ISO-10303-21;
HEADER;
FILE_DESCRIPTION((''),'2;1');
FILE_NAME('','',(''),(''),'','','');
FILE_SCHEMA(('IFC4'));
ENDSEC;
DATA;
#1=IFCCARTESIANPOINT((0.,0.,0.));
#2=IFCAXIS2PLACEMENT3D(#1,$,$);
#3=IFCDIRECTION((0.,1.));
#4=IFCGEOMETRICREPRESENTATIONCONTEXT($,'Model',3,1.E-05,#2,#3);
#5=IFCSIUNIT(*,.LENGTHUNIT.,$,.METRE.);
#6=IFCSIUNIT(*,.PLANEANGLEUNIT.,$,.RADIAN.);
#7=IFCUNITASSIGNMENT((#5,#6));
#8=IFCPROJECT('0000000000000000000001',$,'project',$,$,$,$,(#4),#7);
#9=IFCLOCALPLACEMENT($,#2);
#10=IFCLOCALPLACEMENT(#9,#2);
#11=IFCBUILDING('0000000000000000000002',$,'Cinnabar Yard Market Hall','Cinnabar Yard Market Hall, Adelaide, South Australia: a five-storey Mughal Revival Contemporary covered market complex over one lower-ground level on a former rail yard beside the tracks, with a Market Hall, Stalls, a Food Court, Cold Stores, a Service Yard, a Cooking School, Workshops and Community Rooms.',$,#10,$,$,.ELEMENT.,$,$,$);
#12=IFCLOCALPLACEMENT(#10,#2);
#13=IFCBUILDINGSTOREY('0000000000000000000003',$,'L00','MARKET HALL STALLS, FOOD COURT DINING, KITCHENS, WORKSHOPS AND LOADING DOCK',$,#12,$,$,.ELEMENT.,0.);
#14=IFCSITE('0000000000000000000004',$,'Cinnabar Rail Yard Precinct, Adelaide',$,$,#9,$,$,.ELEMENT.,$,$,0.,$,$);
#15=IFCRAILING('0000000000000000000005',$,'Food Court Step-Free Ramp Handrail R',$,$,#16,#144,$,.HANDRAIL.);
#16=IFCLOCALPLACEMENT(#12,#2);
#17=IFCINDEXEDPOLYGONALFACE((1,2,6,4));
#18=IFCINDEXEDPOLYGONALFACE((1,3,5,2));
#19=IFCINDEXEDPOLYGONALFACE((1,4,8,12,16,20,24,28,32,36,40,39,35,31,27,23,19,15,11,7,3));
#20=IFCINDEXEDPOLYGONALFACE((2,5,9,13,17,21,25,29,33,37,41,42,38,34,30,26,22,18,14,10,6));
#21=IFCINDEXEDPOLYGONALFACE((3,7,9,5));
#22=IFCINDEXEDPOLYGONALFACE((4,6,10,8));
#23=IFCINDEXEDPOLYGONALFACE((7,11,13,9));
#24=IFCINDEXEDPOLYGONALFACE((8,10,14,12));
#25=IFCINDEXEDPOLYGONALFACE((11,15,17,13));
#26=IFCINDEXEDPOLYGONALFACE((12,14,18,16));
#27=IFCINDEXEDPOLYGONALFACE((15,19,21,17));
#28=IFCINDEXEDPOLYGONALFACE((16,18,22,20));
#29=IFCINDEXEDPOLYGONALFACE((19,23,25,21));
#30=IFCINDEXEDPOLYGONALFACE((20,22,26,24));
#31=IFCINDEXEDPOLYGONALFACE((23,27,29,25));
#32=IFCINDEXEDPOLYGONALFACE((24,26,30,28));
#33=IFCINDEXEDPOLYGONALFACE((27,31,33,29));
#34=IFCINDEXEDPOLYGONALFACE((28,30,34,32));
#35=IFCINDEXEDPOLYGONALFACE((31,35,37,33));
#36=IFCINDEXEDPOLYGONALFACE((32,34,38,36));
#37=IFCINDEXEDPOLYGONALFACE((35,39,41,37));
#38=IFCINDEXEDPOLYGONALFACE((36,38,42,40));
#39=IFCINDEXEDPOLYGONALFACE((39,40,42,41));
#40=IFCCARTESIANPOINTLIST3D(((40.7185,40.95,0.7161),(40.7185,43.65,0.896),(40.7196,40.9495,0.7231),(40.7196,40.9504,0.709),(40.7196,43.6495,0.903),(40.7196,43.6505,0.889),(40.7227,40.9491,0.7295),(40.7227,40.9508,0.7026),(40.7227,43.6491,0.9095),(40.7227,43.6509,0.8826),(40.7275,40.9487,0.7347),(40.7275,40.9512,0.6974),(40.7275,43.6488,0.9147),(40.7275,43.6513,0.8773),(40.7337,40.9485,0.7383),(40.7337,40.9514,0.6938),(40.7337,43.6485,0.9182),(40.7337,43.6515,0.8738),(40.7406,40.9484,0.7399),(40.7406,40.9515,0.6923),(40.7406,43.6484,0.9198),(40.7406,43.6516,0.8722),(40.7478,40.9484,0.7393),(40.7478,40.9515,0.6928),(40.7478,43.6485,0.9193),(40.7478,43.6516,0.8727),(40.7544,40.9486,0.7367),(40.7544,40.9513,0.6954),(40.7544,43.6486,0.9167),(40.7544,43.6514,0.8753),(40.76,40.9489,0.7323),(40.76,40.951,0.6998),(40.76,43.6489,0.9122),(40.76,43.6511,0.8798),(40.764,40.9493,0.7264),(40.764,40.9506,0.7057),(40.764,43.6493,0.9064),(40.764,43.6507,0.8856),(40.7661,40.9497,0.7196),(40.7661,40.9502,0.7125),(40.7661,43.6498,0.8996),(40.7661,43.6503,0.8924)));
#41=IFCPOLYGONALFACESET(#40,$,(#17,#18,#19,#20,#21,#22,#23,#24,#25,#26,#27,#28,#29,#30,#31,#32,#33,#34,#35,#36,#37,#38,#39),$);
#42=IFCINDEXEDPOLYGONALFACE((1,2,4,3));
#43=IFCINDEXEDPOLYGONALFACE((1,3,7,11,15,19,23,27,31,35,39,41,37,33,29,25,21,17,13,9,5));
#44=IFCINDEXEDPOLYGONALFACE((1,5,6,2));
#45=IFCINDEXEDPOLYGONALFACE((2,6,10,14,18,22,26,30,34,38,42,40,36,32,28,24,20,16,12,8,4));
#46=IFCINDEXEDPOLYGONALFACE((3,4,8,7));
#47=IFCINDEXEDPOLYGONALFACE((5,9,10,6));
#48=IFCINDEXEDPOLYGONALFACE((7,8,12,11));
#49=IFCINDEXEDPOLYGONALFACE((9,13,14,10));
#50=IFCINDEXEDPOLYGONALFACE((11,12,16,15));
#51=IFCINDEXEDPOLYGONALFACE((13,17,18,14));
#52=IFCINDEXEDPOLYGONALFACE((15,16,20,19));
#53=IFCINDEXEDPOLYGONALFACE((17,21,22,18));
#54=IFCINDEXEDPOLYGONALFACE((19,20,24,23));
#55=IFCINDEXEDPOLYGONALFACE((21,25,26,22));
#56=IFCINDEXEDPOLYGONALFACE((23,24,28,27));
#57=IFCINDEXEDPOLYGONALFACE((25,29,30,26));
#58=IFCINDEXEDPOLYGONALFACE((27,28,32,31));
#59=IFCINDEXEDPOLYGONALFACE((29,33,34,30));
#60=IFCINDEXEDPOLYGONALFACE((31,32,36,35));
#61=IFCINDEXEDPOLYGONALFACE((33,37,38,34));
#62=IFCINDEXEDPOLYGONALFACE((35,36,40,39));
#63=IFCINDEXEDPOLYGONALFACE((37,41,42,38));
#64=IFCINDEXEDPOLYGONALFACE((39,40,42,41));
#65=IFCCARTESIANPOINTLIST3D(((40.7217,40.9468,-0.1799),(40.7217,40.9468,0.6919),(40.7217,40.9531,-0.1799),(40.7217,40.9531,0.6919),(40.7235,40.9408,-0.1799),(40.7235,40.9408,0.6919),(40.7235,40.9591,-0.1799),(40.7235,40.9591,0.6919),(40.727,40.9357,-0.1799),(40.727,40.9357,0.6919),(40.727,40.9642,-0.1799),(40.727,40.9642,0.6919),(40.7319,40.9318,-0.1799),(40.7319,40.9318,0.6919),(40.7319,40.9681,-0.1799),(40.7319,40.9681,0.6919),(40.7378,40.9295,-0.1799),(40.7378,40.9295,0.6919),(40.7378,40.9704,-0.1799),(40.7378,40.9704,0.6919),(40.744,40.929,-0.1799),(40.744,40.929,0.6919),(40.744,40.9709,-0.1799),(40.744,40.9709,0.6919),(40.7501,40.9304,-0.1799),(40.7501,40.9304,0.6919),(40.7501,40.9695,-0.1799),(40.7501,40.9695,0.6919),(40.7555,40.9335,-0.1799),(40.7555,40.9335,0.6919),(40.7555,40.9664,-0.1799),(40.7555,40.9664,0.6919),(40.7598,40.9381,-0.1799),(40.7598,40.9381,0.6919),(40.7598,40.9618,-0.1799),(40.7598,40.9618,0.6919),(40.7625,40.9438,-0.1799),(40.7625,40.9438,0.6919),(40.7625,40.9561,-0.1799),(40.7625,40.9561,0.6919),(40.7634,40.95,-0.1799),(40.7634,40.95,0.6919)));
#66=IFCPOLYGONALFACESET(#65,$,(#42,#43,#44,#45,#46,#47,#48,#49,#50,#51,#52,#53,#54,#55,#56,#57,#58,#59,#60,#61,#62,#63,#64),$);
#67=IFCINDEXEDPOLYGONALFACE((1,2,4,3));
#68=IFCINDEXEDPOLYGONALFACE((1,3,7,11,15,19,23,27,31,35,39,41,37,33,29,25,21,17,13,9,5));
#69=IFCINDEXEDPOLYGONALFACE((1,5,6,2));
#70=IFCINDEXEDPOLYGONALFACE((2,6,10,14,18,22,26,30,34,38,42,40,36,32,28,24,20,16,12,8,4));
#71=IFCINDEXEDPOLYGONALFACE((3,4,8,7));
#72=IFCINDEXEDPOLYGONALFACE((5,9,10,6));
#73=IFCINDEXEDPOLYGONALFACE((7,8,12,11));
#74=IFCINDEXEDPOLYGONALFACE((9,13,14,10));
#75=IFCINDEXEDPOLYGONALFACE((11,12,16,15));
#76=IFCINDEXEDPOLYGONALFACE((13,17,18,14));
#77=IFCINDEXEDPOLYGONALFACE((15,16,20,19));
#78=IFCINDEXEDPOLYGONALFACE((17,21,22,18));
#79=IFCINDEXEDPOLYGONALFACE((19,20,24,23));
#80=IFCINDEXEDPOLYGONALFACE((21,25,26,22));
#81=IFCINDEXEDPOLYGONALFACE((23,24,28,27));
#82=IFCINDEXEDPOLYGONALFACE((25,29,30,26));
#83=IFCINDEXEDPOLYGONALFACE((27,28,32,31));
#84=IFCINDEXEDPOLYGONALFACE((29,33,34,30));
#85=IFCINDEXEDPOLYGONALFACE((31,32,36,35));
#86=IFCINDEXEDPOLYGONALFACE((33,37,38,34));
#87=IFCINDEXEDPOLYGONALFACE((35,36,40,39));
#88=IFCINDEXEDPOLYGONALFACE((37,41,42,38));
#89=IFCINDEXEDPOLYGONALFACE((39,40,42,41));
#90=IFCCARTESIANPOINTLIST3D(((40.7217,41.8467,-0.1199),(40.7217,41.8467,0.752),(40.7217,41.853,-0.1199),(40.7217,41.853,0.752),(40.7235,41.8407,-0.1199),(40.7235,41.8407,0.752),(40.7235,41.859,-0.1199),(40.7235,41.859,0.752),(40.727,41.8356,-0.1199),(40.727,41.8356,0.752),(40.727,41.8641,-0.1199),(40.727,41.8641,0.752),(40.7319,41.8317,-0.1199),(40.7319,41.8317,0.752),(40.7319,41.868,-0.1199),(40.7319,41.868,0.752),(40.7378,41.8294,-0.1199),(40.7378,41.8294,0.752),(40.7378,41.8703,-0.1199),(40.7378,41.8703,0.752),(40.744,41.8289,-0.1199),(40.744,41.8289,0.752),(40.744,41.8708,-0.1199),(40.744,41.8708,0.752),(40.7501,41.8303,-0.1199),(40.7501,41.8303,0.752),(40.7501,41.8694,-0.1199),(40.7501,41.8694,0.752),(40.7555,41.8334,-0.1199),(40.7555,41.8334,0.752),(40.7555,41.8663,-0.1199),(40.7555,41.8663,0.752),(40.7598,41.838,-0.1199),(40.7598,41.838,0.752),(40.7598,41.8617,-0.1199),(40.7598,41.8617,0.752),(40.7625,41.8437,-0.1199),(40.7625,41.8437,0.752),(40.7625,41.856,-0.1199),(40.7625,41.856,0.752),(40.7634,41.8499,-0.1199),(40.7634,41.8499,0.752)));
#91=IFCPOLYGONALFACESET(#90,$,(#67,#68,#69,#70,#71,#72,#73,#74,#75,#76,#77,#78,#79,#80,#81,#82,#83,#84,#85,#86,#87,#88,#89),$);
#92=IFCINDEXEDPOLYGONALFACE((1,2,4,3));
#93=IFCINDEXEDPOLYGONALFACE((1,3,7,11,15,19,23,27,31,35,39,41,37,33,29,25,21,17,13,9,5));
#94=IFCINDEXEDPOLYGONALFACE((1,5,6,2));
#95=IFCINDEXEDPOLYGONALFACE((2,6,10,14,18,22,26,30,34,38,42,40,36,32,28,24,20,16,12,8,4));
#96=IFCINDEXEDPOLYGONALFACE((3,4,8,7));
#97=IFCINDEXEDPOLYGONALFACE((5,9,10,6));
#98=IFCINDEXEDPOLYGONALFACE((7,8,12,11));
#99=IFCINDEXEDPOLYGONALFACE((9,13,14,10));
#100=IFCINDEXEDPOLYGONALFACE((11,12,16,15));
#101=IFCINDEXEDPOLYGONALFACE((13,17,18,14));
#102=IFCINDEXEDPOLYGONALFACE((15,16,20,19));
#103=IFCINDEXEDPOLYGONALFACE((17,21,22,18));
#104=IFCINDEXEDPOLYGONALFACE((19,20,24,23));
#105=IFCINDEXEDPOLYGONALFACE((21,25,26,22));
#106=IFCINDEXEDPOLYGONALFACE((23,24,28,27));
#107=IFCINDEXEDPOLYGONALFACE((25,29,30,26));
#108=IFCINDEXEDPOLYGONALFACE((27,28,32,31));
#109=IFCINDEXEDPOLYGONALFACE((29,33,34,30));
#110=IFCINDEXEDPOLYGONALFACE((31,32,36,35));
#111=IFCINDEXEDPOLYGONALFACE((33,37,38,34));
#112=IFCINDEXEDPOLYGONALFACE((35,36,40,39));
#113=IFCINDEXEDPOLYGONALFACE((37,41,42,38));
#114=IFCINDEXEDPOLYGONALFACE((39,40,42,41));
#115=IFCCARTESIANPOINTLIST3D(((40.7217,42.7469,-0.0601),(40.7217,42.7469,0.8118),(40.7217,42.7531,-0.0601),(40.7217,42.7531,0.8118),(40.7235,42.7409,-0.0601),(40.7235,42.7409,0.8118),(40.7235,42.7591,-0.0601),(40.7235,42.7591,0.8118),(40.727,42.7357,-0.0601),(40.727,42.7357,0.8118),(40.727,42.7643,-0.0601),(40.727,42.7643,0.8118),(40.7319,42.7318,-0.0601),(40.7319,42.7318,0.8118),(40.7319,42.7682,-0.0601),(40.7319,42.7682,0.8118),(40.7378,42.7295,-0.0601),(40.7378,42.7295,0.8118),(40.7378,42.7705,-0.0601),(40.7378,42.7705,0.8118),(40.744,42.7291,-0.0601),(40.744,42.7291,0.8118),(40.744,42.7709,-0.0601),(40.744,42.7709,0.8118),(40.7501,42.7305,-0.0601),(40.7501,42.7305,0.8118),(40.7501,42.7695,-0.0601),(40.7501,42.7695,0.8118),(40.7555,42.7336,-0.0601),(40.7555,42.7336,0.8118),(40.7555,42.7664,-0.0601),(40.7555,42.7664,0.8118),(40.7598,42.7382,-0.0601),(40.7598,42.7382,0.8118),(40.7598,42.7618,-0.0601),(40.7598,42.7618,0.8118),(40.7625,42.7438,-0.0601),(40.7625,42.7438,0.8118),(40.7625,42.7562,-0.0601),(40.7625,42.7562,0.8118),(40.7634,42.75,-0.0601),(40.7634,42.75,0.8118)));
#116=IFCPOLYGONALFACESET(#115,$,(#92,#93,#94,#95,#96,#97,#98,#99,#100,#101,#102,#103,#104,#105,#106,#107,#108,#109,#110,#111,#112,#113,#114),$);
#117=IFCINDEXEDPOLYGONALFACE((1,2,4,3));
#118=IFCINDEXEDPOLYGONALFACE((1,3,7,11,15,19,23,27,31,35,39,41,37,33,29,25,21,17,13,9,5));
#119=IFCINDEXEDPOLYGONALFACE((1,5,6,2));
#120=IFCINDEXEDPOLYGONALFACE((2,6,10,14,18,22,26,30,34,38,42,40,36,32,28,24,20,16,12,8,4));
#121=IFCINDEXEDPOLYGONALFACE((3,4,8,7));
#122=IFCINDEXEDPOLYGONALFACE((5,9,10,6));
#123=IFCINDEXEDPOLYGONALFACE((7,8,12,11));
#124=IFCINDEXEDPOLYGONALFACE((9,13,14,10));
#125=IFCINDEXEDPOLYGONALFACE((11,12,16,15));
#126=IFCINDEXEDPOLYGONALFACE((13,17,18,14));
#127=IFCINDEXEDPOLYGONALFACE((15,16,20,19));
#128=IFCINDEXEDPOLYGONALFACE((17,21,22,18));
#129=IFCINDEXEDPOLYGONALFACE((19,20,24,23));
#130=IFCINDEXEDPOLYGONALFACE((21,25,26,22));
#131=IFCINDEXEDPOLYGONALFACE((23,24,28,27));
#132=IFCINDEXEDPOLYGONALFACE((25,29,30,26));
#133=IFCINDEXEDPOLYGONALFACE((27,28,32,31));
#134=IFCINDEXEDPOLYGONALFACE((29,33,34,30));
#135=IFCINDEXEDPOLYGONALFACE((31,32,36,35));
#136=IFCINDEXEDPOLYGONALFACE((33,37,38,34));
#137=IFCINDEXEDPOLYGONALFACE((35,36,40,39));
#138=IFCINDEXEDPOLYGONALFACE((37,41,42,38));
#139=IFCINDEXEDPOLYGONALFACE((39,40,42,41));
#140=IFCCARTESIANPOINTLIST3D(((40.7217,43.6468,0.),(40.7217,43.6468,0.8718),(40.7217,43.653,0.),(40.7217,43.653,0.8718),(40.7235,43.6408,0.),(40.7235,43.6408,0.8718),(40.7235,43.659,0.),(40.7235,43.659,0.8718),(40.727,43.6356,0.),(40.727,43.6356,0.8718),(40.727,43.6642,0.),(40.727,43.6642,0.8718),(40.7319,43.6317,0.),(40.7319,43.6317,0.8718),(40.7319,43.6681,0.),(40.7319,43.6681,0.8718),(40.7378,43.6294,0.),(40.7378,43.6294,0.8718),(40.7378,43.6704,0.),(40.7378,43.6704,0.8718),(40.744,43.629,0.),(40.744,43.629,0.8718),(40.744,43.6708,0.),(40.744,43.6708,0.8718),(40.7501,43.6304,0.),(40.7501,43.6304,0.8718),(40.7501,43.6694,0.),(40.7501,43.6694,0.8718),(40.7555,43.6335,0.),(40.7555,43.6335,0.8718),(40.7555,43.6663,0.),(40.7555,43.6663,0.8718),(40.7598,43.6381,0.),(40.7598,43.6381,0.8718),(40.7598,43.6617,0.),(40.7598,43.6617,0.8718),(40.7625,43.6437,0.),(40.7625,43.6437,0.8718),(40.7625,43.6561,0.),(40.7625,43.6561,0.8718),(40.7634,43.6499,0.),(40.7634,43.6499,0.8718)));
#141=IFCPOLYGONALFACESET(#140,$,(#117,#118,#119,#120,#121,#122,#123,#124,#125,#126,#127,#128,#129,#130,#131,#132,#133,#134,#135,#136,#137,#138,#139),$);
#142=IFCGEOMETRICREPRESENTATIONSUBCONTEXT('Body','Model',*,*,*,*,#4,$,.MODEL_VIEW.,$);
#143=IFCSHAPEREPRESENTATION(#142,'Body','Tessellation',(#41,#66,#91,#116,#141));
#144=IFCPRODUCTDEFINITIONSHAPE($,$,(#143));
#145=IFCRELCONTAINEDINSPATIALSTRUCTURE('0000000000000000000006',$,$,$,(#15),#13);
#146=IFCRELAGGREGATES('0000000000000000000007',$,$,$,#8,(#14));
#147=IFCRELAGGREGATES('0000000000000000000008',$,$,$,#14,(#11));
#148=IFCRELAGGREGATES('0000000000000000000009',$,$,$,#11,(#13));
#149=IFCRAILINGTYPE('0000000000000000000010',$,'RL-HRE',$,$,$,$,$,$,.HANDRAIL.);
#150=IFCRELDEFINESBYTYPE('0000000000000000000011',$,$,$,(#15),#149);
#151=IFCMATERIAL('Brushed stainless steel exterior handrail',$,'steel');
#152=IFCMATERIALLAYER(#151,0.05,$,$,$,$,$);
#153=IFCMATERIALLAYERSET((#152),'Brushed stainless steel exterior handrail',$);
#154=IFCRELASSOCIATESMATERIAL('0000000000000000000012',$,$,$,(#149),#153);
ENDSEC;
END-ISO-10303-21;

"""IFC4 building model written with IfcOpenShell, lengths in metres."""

from ifc_helpers import new_model, si_unit, direction, frame, origin, origin_2d_with_axis, place, context, subcontext, project, spatial, circle, extrude, material, layer, layer_set, type_object, element, save


model = new_model("IFC4")

# Units and contexts
model_context = context("Model", 3, precision=1e-05, world=origin(), true_north=direction((0.0, 1.0)))
body_context = subcontext(model_context, "Body", "Model", "MODEL_VIEW")
ifc_project = project(units=[si_unit("LENGTHUNIT", "METRE"), si_unit("PLANEANGLEUNIT", "RADIAN")], contexts=[model_context])

# Site, building, storey
site_placement = place(None, origin())
site = spatial("IfcSite", under=ifc_project, at=site_placement, Name="Cinnabar Rail Yard Precinct, Adelaide", CompositionType="ELEMENT", RefElevation=0.0)
building_placement = place(site_placement, origin())
building = spatial("IfcBuilding", under=site, at=building_placement, Name="Cinnabar Yard Market Hall", Description="Cinnabar Yard Market Hall, Adelaide, South Australia: a five-storey Mughal Revival Contemporary covered market complex over one lower-ground level on a former rail yard beside the tracks, with a Market Hall, Stalls, a Food Court, Cold Stores, a Service Yard, a Cooking School, Workshops and Community Rooms.", CompositionType="ELEMENT")
storey_placement = place(building_placement, origin())
storey = spatial("IfcBuildingStorey", under=building, at=storey_placement, Name="L00", Description="MARKET HALL STALLS, FOOD COURT DINING, KITCHENS, WORKSHOPS AND LOADING DOCK", CompositionType="ELEMENT", Elevation=0.0)

# Railing
ifc_material_1 = material(Name="Brushed stainless steel exterior handrail", Category="steel")
ifc_layer_1 = layer(ifc_material_1, 0.05)
ifc_layer_set_1 = layer_set([ifc_layer_1], Name="Brushed stainless steel exterior handrail")
railing_type = type_object("IfcRailingType", Name="RL-HRE", PredefinedType="HANDRAIL", material=ifc_layer_set_1)
for number, where, name in (
    (1, (40.7424, 40.95, -0.1799), "Food Court Step-Free Ramp Handrail R"),
):
    element("IfcRailing", number, at=place(storey_placement, frame(where)), inside=storey, type_object=railing_type, Name=name, PredefinedType="HANDRAIL", context=body_context, shape_type="SweptSolid", body=[
        extrude(circle(Radius=0.0239, at=origin_2d_with_axis()), frame((0.0, 0.0, 0.896), z_axis=(0.0, 0.997787, 0.066495), x_axis=(-1.0, 0.0, 0.0)), (0.0, 0.0, 1.0), 2.7061),
        extrude(circle(Radius=0.021, at=origin_2d_with_axis()), origin(), (0.0, 0.0, 1.0), 0.8718),
        extrude(circle(Radius=0.021, at=origin_2d_with_axis()), frame((0.0, 0.8999, 0.0601)), (0.0, 0.0, 1.0), 0.8718),
        extrude(circle(Radius=0.021, at=origin_2d_with_axis()), frame((0.0, 1.8, 0.1199)), (0.0, 0.0, 1.0), 0.8718),
        extrude(circle(Radius=0.021, at=origin_2d_with_axis()), frame((0.0, 2.7, 0.1799)), (0.0, 0.0, 1.0), 0.8718),
    ])

save(model, "model.ifc")
